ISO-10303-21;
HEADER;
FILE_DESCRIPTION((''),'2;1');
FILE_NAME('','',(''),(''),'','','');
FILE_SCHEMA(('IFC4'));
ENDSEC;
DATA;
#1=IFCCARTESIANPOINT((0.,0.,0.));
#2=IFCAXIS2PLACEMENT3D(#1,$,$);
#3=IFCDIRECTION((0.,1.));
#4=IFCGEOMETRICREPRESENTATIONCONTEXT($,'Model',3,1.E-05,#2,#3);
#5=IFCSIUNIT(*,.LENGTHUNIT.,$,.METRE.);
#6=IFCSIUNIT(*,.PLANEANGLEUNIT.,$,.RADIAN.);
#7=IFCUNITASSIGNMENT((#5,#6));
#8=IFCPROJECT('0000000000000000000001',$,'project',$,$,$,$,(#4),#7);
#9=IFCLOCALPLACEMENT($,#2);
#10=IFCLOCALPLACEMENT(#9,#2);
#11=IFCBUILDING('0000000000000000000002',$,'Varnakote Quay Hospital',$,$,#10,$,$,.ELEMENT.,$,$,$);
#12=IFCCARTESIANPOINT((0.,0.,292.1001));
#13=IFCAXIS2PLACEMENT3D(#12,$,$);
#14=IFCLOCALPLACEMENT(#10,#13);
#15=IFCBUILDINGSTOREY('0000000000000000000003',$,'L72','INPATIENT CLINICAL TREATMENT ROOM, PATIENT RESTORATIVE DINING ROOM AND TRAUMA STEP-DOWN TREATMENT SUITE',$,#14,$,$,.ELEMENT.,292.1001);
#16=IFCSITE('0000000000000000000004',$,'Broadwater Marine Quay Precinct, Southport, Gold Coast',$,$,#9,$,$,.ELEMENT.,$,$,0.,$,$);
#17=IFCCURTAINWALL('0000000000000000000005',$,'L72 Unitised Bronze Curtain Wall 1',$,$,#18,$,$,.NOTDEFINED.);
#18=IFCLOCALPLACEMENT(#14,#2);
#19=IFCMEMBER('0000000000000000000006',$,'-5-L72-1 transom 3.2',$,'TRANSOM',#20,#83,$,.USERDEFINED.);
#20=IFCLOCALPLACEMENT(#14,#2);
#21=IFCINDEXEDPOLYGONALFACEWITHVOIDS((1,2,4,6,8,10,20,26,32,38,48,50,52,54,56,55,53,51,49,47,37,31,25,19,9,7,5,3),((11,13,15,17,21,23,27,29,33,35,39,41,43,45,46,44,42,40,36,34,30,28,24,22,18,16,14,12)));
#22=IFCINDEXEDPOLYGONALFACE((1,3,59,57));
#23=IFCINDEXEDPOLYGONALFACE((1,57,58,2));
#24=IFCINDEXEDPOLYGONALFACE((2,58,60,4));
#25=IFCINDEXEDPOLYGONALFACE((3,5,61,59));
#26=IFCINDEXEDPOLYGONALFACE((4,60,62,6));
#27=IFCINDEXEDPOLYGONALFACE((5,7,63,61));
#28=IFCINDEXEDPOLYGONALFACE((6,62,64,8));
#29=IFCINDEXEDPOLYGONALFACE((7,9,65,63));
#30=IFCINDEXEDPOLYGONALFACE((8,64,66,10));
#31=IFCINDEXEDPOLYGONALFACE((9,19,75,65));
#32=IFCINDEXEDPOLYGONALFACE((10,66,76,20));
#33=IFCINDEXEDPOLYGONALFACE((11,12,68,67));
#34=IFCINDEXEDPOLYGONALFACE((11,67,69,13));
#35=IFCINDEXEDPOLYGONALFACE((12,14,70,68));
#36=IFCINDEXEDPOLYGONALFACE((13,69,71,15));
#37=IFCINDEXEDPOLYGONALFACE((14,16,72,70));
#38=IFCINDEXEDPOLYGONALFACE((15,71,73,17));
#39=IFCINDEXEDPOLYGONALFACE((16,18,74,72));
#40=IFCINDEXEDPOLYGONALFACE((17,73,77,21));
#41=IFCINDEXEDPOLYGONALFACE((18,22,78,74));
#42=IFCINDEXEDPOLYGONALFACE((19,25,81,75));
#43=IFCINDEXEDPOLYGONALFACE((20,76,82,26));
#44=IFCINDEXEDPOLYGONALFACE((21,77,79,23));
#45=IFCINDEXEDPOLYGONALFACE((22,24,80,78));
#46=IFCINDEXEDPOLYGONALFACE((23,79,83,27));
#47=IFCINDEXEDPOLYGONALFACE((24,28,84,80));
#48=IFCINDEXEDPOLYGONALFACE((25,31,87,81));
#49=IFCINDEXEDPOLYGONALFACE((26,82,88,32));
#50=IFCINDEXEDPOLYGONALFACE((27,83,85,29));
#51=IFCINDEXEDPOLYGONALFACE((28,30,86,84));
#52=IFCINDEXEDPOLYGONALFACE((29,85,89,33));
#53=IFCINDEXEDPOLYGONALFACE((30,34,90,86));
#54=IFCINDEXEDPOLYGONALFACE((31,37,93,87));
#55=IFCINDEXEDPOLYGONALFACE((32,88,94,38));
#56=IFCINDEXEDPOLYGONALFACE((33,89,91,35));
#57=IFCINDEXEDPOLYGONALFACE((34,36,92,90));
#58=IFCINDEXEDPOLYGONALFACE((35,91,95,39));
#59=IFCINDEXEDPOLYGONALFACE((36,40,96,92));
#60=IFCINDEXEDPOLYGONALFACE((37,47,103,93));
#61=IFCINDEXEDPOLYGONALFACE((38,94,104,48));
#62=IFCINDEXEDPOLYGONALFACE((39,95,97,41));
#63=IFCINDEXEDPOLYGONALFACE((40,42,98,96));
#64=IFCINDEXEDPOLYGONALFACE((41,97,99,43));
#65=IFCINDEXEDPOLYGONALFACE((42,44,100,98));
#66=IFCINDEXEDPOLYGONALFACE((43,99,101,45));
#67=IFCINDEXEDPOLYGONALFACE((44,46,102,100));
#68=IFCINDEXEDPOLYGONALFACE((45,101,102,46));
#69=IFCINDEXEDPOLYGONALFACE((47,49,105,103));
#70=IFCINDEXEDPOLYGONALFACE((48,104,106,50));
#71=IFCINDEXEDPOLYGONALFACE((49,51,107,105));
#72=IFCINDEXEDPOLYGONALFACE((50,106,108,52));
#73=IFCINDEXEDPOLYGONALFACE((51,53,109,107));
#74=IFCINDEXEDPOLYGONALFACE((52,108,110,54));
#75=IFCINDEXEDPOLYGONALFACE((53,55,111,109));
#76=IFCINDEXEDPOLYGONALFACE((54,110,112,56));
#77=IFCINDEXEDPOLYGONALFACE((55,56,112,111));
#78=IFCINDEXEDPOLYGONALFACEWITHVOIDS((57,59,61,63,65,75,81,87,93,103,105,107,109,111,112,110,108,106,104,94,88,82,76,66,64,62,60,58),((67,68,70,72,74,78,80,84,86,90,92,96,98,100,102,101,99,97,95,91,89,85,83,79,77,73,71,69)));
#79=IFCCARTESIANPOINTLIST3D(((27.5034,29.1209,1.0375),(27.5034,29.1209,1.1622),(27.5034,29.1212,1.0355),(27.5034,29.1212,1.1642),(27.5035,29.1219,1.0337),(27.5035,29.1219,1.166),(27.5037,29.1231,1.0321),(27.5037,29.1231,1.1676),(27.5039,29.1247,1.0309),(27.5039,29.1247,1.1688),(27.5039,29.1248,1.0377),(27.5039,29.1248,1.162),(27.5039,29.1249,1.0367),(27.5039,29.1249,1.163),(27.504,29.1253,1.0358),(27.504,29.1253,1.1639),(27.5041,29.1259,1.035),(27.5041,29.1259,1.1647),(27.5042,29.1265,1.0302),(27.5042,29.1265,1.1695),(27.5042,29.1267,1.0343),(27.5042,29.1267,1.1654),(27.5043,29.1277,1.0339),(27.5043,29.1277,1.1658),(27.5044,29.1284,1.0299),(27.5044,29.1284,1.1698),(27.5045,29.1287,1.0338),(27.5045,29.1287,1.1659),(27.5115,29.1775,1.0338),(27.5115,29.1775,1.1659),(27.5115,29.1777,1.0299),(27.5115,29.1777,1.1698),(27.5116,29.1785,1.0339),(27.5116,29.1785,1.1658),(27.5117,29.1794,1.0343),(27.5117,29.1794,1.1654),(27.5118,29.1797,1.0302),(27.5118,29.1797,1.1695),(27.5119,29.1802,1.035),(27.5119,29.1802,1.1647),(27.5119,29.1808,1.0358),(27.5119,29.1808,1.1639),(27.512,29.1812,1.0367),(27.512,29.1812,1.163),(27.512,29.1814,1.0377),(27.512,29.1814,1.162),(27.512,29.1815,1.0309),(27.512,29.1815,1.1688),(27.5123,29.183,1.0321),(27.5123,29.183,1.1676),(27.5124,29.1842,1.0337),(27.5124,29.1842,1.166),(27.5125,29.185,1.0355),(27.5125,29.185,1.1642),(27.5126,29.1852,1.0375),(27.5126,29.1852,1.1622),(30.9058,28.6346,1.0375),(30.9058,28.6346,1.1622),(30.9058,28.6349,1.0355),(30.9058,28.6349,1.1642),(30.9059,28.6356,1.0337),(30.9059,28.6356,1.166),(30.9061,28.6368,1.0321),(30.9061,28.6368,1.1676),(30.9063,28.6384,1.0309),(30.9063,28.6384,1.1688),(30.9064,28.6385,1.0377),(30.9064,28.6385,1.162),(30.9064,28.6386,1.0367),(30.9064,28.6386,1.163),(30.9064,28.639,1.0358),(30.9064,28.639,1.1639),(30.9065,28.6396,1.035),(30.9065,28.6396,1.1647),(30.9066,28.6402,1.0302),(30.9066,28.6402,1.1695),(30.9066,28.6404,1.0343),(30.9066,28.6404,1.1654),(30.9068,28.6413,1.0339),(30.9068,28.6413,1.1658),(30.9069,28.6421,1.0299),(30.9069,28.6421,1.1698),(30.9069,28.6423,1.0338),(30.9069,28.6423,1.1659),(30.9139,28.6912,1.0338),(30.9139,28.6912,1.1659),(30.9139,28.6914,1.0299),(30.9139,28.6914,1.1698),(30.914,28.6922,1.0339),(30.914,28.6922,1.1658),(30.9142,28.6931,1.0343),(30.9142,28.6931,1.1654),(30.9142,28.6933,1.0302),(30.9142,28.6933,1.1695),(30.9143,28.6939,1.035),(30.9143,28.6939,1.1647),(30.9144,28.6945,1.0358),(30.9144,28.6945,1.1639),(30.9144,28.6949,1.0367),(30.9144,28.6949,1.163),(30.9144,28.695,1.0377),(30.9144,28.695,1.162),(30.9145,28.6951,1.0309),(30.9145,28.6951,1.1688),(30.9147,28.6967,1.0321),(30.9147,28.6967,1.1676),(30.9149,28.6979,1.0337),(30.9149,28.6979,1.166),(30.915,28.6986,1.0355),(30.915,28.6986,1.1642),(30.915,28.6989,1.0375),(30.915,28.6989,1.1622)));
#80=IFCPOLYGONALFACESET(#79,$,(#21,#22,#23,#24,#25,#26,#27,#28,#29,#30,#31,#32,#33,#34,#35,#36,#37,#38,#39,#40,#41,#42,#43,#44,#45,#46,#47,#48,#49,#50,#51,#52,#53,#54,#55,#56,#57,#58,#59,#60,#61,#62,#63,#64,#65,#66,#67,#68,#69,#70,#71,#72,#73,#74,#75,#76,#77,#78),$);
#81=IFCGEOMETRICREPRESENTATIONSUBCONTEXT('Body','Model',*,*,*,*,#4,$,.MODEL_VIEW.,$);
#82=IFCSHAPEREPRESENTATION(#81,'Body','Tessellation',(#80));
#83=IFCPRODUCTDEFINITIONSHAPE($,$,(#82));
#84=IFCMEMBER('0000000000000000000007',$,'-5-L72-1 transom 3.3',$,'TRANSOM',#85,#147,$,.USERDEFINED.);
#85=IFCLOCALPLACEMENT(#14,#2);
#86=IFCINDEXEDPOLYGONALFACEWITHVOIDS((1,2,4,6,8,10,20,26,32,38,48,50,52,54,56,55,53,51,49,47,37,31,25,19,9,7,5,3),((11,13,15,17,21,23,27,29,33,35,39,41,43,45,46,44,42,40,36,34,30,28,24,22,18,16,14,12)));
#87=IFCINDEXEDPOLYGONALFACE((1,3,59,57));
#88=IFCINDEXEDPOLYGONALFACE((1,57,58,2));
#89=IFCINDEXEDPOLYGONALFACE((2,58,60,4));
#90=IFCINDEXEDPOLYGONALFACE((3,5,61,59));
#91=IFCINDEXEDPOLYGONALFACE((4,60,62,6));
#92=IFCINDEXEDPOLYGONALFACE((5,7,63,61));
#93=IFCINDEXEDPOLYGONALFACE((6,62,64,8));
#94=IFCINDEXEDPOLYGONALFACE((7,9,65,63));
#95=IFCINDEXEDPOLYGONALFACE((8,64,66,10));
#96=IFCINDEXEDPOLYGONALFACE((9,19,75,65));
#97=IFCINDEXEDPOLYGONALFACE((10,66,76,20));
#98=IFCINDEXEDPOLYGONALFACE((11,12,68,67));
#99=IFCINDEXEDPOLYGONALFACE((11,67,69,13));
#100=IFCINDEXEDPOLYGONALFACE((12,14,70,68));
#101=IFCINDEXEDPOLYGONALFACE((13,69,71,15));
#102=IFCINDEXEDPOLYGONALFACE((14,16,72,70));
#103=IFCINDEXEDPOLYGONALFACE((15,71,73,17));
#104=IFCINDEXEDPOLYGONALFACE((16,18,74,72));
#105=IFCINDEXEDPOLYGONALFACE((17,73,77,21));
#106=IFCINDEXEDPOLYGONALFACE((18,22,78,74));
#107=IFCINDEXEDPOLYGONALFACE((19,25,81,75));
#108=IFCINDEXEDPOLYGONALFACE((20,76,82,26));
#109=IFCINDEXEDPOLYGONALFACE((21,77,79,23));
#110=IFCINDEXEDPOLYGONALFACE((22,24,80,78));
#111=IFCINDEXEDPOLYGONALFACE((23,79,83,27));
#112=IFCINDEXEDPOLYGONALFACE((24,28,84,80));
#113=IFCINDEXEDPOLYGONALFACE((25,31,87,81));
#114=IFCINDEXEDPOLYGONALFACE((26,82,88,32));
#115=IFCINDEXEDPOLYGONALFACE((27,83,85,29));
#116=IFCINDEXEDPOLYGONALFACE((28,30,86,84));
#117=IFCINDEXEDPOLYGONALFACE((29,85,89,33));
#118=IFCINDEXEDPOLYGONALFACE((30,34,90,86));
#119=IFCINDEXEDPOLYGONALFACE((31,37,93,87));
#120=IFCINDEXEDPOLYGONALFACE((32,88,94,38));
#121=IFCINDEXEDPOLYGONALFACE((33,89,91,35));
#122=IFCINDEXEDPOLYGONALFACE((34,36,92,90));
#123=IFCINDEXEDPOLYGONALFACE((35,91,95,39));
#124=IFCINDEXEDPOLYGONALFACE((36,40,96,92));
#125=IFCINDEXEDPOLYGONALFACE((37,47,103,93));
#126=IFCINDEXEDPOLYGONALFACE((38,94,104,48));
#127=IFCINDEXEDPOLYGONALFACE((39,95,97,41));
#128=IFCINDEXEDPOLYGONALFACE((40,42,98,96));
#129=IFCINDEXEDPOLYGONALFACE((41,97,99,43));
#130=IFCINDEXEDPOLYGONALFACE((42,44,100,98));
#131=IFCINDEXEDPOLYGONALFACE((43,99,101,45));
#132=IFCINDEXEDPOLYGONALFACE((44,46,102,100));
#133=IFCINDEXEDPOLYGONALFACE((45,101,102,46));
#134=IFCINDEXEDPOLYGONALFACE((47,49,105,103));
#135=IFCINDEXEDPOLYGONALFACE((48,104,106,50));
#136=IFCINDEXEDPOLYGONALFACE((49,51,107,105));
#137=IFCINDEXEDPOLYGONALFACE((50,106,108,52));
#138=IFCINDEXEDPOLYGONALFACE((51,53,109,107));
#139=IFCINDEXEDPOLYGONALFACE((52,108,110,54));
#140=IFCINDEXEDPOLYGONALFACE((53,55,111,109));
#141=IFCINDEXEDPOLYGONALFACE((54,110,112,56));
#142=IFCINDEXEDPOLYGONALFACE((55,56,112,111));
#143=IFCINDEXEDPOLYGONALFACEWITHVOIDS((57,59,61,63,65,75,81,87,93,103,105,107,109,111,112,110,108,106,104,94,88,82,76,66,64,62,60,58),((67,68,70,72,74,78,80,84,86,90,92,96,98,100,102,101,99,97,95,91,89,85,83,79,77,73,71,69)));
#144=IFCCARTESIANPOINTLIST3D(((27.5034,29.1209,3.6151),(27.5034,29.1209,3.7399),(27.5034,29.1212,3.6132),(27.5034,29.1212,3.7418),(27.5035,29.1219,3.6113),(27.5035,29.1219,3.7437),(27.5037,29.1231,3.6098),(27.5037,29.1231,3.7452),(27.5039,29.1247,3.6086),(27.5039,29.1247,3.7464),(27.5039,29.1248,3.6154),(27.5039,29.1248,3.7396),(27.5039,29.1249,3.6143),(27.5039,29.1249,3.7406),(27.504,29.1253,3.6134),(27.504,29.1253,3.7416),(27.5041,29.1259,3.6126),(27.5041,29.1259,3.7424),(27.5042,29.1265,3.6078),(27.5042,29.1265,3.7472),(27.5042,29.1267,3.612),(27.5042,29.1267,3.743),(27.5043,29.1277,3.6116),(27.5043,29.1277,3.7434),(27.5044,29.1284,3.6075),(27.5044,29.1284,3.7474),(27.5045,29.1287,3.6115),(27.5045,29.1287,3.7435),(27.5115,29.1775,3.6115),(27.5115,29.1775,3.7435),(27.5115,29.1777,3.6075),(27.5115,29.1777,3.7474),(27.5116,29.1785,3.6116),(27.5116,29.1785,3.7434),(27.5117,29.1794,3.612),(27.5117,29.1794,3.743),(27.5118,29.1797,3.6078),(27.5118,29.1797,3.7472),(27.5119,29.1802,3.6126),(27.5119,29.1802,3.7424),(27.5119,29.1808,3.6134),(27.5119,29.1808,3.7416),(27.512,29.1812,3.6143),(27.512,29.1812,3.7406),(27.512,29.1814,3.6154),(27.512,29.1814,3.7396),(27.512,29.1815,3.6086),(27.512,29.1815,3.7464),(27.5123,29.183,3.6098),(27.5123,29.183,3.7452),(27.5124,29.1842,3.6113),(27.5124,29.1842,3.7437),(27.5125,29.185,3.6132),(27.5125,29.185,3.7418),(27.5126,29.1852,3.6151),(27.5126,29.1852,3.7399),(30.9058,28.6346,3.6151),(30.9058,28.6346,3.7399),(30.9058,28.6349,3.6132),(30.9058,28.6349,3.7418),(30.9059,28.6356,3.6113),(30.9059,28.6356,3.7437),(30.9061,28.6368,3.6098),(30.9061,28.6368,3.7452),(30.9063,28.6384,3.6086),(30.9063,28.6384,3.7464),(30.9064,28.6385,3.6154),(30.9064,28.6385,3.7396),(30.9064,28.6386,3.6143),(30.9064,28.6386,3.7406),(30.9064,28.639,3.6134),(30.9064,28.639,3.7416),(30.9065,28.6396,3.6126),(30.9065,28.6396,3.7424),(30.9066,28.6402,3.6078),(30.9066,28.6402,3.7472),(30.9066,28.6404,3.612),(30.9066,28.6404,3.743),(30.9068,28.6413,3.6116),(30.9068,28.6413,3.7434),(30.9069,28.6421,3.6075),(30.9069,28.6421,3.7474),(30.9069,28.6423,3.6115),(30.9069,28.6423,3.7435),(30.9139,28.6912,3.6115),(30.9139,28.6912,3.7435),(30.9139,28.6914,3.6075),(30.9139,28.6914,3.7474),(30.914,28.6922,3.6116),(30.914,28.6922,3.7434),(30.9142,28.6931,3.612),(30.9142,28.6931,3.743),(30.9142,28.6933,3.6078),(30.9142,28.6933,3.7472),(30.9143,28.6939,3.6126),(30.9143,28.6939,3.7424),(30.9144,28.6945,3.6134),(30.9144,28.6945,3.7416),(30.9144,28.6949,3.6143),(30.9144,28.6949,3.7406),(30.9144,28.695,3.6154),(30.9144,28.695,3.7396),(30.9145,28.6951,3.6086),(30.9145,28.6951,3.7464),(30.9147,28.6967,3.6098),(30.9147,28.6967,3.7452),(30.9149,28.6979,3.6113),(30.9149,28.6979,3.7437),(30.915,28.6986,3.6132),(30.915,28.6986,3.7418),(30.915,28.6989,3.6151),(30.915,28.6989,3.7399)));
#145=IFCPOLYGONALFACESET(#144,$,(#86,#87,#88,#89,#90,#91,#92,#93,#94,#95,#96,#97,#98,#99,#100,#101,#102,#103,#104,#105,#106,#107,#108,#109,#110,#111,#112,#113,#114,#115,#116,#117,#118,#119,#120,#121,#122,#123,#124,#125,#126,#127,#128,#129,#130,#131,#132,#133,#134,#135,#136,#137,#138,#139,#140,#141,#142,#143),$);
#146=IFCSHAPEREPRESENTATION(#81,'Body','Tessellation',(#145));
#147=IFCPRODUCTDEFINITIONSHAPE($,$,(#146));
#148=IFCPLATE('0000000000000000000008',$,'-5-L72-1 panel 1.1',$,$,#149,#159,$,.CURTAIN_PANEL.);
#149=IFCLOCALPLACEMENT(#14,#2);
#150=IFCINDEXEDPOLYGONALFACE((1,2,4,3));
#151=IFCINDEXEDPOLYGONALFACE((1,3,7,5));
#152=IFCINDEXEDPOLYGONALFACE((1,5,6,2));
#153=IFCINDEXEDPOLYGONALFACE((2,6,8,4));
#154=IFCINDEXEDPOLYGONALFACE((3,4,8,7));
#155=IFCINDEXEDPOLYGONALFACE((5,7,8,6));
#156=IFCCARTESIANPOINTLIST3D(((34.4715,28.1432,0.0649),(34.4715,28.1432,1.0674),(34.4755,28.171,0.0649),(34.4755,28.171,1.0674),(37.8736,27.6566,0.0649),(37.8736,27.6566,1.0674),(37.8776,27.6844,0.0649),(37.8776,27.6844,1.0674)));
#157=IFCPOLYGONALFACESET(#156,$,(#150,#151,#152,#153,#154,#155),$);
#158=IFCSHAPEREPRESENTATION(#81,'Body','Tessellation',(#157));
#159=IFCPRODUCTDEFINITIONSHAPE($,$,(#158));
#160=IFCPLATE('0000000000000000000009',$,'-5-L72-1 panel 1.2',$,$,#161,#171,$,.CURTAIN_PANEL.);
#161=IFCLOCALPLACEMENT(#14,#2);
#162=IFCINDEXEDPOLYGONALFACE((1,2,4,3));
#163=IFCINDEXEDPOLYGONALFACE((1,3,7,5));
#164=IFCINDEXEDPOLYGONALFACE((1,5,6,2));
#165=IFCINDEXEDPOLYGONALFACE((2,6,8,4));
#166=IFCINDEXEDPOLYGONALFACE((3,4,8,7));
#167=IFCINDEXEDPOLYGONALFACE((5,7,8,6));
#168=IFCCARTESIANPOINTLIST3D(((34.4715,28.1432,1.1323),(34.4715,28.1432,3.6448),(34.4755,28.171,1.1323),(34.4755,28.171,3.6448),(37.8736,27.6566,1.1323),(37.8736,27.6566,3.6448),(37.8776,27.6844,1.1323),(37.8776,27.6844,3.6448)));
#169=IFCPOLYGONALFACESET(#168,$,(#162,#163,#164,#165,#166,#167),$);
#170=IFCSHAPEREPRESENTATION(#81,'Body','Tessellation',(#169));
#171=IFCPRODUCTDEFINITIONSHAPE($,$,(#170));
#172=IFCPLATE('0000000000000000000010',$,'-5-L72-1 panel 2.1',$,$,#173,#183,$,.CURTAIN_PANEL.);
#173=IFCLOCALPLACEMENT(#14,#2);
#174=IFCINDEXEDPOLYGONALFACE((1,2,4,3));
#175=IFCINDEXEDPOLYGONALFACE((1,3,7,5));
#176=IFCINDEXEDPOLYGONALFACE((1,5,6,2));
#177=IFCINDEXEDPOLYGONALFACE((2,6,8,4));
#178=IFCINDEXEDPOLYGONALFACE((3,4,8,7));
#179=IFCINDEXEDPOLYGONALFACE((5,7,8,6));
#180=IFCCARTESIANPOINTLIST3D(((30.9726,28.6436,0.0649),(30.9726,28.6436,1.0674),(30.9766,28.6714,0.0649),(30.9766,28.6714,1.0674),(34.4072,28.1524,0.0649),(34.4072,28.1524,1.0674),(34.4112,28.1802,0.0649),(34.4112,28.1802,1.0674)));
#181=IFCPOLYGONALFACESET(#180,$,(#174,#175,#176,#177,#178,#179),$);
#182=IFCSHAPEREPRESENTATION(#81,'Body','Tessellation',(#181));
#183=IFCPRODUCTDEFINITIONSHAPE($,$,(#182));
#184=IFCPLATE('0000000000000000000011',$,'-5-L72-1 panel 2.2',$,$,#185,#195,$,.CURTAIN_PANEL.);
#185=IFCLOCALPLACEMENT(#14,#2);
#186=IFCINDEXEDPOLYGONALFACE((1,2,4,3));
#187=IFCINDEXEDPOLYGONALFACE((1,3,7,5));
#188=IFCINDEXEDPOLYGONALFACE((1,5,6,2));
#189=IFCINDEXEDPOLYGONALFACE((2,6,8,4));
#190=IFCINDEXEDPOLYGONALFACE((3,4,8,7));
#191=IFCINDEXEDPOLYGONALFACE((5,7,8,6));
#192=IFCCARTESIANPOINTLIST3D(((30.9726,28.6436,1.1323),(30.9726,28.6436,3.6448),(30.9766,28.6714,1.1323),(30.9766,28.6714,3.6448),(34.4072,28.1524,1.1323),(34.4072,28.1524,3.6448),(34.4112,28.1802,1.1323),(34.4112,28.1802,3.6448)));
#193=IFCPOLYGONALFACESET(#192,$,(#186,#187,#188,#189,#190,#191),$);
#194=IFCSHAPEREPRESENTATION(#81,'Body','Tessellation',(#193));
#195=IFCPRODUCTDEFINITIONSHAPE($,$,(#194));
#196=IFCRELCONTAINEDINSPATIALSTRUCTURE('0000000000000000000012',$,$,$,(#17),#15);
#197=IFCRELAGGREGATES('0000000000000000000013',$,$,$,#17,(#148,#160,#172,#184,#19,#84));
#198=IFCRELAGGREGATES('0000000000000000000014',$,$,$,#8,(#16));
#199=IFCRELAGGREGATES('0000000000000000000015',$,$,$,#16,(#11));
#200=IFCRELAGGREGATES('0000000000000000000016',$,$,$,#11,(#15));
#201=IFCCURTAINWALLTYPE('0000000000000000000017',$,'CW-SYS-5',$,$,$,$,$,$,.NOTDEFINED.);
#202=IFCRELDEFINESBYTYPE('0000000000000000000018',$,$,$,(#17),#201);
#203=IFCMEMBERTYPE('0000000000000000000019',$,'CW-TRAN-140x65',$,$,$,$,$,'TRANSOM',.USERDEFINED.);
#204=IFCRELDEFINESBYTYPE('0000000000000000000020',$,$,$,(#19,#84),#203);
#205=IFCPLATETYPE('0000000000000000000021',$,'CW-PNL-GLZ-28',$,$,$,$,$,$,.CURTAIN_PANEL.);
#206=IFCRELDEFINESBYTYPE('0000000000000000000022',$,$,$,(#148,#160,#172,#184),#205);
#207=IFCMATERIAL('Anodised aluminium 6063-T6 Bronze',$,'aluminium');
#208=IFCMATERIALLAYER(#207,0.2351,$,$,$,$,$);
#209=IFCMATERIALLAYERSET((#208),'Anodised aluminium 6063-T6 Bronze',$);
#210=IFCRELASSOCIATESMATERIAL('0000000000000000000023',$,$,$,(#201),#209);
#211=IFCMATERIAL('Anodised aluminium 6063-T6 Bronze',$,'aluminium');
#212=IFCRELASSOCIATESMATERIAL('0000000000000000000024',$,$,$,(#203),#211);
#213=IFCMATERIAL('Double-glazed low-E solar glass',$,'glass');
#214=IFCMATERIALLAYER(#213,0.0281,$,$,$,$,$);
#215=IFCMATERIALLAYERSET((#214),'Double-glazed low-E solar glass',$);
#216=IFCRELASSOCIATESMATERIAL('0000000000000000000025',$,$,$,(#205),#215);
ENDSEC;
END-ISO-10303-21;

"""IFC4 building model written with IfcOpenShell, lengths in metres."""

from ifc_helpers import new_model, si_unit, direction, frame, origin, origin_2d, place, context, subcontext, project, spatial, rectangle, hollow_rectangle, extrude, material, layer, layer_set, material_profile, profile_set, type_object, element, aggregate, save


model = new_model("IFC4")

# Units and contexts
model_context = context("Model", 3, precision=1e-05, world=origin(), true_north=direction((0.0, 1.0)))
body_context = subcontext(model_context, "Body", "Model", "MODEL_VIEW")
ifc_project = project(units=[si_unit("LENGTHUNIT", "METRE"), si_unit("PLANEANGLEUNIT", "RADIAN")], contexts=[model_context])

# Site, building, storey
site_placement = place(None, origin())
site = spatial("IfcSite", under=ifc_project, at=site_placement, Name="Broadwater Marine Quay Precinct, Southport, Gold Coast", CompositionType="ELEMENT", RefElevation=0.0)
building_placement = place(site_placement, origin())
building = spatial("IfcBuilding", under=site, at=building_placement, Name="Varnakote Quay Hospital", CompositionType="ELEMENT")
storey_placement = place(building_placement, frame((0.0, 0.0, 292.1001)))
storey = spatial("IfcBuildingStorey", under=building, at=storey_placement, Name="L72", Description="INPATIENT CLINICAL TREATMENT ROOM, PATIENT RESTORATIVE DINING ROOM AND TRAUMA STEP-DOWN TREATMENT SUITE", CompositionType="ELEMENT", Elevation=292.1001)

# Curtain wall, members, plates
ifc_material_1 = material(Name="Anodised aluminium 6063-T6 Bronze", Category="aluminium")
ifc_layer_1 = layer(ifc_material_1, 0.2351)
ifc_layer_set_1 = layer_set([ifc_layer_1], Name="Anodised aluminium 6063-T6 Bronze")
curtain_wall_type = type_object("IfcCurtainWallType", Name="CW-SYS-5", PredefinedType="NOTDEFINED", material=ifc_layer_set_1)
curtain_wall_placement = place(storey_placement, origin())
curtain_wall = element("IfcCurtainWall", 1, at=curtain_wall_placement, inside=storey, type_object=curtain_wall_type, Name="L72 Unitised Bronze Curtain Wall 1", PredefinedType="NOTDEFINED")
ifc_material_2 = material(Name="Anodised aluminium 6063-T6 Bronze", Category="aluminium")
ifc_material_profile_1 = material_profile(ifc_material_2, hollow_rectangle(XDim=0.0649, YDim=0.1399, WallThickness=0.0039, InnerFilletRadius=0.0039, OuterFilletRadius=0.0076, at=origin_2d()), Name="CW-TRAN-140x65")
ifc_profile_set_1 = profile_set([ifc_material_profile_1], Name="Anodised aluminium 6063-T6 Bronze")
member_type_1 = type_object("IfcMemberType", Name="CW-TRAN-140x65", ElementType="TRANSOM", PredefinedType="USERDEFINED", material=ifc_profile_set_1)
member_1_placement = place(storey_placement, frame((30.9104, 28.6667, 1.0999), z_axis=(-0.989938, 0.141501, 0.0), x_axis=(-0.141501, -0.989938, 0.0)))
member_1 = element("IfcMember", 2, at=member_1_placement, type_object=member_type_1, Name="-5-L72-1 transom 3.2", ObjectType="TRANSOM", PredefinedType="USERDEFINED", context=body_context, shape_type="SweptSolid", body=[
    extrude(hollow_rectangle(XDim=0.0649, YDim=0.1399, WallThickness=0.0039, InnerFilletRadius=0.0039, OuterFilletRadius=0.0076, at=origin_2d()), origin(), (0.0, 0.0, 1.0), 3.437),
])
member_2_placement = place(storey_placement, frame((30.9104, 28.6667, 3.6775), z_axis=(-0.989938, 0.141501, 0.0), x_axis=(-0.141501, -0.989938, 0.0)))
member_2 = element("IfcMember", 3, at=member_2_placement, type_object=member_type_1, Name="-5-L72-1 transom 3.3", ObjectType="TRANSOM", PredefinedType="USERDEFINED", context=body_context, shape_type="SweptSolid", body=[
    extrude(hollow_rectangle(XDim=0.0649, YDim=0.1399, WallThickness=0.0039, InnerFilletRadius=0.0039, OuterFilletRadius=0.0076, at=origin_2d()), origin(), (0.0, 0.0, 1.0), 3.437),
])
ifc_material_3 = material(Name="Double-glazed low-E solar glass", Category="glass")
ifc_layer_2 = layer(ifc_material_3, 0.0281)
ifc_layer_set_2 = layer_set([ifc_layer_2], Name="Double-glazed low-E solar glass")
plate_type = type_object("IfcPlateType", Name="CW-PNL-GLZ-28", PredefinedType="CURTAIN_PANEL", material=ifc_layer_set_2)
plate_1_placement = place(storey_placement, frame((36.1746, 27.9138, 0.0649), z_axis=(0.0, 0.0, 1.0), x_axis=(-0.989928, 0.141572, 0.0)))
plate_1 = element("IfcPlate", 4, at=plate_1_placement, type_object=plate_type, Name="-5-L72-1 panel 1.1", PredefinedType="CURTAIN_PANEL", context=body_context, shape_type="SweptSolid", body=[
    extrude(rectangle(XDim=3.4368, YDim=0.0281, at=origin_2d()), origin(), (0.0, 0.0, 1.0), 1.0024),
])
plate_2_placement = place(storey_placement, frame((36.1746, 27.9138, 1.1323), z_axis=(0.0, 0.0, 1.0), x_axis=(-0.989928, 0.141572, 0.0)))
plate_2 = element("IfcPlate", 5, at=plate_2_placement, type_object=plate_type, Name="-5-L72-1 panel 1.2", PredefinedType="CURTAIN_PANEL", context=body_context, shape_type="SweptSolid", body=[
    extrude(rectangle(XDim=3.4368, YDim=0.0281, at=origin_2d()), origin(), (0.0, 0.0, 1.0), 2.5125),
])
plate_3_placement = place(storey_placement, frame((32.6919, 28.4119, 0.0649), z_axis=(0.0, 0.0, 1.0), x_axis=(-0.989928, 0.141572, 0.0)))
plate_3 = element("IfcPlate", 6, at=plate_3_placement, type_object=plate_type, Name="-5-L72-1 panel 2.1", PredefinedType="CURTAIN_PANEL", context=body_context, shape_type="SweptSolid", body=[
    extrude(rectangle(XDim=3.4695, YDim=0.0281, at=origin_2d()), origin(), (0.0, 0.0, 1.0), 1.0024),
])
plate_4_placement = place(storey_placement, frame((32.6919, 28.4119, 1.1323), z_axis=(0.0, 0.0, 1.0), x_axis=(-0.989928, 0.141572, 0.0)))
plate_4 = element("IfcPlate", 7, at=plate_4_placement, type_object=plate_type, Name="-5-L72-1 panel 2.2", PredefinedType="CURTAIN_PANEL", context=body_context, shape_type="SweptSolid", body=[
    extrude(rectangle(XDim=3.4695, YDim=0.0281, at=origin_2d()), origin(), (0.0, 0.0, 1.0), 2.5125),
])
aggregate(curtain_wall, [plate_1, plate_2, plate_3, plate_4, member_1, member_2])

save(model, "model.ifc")
